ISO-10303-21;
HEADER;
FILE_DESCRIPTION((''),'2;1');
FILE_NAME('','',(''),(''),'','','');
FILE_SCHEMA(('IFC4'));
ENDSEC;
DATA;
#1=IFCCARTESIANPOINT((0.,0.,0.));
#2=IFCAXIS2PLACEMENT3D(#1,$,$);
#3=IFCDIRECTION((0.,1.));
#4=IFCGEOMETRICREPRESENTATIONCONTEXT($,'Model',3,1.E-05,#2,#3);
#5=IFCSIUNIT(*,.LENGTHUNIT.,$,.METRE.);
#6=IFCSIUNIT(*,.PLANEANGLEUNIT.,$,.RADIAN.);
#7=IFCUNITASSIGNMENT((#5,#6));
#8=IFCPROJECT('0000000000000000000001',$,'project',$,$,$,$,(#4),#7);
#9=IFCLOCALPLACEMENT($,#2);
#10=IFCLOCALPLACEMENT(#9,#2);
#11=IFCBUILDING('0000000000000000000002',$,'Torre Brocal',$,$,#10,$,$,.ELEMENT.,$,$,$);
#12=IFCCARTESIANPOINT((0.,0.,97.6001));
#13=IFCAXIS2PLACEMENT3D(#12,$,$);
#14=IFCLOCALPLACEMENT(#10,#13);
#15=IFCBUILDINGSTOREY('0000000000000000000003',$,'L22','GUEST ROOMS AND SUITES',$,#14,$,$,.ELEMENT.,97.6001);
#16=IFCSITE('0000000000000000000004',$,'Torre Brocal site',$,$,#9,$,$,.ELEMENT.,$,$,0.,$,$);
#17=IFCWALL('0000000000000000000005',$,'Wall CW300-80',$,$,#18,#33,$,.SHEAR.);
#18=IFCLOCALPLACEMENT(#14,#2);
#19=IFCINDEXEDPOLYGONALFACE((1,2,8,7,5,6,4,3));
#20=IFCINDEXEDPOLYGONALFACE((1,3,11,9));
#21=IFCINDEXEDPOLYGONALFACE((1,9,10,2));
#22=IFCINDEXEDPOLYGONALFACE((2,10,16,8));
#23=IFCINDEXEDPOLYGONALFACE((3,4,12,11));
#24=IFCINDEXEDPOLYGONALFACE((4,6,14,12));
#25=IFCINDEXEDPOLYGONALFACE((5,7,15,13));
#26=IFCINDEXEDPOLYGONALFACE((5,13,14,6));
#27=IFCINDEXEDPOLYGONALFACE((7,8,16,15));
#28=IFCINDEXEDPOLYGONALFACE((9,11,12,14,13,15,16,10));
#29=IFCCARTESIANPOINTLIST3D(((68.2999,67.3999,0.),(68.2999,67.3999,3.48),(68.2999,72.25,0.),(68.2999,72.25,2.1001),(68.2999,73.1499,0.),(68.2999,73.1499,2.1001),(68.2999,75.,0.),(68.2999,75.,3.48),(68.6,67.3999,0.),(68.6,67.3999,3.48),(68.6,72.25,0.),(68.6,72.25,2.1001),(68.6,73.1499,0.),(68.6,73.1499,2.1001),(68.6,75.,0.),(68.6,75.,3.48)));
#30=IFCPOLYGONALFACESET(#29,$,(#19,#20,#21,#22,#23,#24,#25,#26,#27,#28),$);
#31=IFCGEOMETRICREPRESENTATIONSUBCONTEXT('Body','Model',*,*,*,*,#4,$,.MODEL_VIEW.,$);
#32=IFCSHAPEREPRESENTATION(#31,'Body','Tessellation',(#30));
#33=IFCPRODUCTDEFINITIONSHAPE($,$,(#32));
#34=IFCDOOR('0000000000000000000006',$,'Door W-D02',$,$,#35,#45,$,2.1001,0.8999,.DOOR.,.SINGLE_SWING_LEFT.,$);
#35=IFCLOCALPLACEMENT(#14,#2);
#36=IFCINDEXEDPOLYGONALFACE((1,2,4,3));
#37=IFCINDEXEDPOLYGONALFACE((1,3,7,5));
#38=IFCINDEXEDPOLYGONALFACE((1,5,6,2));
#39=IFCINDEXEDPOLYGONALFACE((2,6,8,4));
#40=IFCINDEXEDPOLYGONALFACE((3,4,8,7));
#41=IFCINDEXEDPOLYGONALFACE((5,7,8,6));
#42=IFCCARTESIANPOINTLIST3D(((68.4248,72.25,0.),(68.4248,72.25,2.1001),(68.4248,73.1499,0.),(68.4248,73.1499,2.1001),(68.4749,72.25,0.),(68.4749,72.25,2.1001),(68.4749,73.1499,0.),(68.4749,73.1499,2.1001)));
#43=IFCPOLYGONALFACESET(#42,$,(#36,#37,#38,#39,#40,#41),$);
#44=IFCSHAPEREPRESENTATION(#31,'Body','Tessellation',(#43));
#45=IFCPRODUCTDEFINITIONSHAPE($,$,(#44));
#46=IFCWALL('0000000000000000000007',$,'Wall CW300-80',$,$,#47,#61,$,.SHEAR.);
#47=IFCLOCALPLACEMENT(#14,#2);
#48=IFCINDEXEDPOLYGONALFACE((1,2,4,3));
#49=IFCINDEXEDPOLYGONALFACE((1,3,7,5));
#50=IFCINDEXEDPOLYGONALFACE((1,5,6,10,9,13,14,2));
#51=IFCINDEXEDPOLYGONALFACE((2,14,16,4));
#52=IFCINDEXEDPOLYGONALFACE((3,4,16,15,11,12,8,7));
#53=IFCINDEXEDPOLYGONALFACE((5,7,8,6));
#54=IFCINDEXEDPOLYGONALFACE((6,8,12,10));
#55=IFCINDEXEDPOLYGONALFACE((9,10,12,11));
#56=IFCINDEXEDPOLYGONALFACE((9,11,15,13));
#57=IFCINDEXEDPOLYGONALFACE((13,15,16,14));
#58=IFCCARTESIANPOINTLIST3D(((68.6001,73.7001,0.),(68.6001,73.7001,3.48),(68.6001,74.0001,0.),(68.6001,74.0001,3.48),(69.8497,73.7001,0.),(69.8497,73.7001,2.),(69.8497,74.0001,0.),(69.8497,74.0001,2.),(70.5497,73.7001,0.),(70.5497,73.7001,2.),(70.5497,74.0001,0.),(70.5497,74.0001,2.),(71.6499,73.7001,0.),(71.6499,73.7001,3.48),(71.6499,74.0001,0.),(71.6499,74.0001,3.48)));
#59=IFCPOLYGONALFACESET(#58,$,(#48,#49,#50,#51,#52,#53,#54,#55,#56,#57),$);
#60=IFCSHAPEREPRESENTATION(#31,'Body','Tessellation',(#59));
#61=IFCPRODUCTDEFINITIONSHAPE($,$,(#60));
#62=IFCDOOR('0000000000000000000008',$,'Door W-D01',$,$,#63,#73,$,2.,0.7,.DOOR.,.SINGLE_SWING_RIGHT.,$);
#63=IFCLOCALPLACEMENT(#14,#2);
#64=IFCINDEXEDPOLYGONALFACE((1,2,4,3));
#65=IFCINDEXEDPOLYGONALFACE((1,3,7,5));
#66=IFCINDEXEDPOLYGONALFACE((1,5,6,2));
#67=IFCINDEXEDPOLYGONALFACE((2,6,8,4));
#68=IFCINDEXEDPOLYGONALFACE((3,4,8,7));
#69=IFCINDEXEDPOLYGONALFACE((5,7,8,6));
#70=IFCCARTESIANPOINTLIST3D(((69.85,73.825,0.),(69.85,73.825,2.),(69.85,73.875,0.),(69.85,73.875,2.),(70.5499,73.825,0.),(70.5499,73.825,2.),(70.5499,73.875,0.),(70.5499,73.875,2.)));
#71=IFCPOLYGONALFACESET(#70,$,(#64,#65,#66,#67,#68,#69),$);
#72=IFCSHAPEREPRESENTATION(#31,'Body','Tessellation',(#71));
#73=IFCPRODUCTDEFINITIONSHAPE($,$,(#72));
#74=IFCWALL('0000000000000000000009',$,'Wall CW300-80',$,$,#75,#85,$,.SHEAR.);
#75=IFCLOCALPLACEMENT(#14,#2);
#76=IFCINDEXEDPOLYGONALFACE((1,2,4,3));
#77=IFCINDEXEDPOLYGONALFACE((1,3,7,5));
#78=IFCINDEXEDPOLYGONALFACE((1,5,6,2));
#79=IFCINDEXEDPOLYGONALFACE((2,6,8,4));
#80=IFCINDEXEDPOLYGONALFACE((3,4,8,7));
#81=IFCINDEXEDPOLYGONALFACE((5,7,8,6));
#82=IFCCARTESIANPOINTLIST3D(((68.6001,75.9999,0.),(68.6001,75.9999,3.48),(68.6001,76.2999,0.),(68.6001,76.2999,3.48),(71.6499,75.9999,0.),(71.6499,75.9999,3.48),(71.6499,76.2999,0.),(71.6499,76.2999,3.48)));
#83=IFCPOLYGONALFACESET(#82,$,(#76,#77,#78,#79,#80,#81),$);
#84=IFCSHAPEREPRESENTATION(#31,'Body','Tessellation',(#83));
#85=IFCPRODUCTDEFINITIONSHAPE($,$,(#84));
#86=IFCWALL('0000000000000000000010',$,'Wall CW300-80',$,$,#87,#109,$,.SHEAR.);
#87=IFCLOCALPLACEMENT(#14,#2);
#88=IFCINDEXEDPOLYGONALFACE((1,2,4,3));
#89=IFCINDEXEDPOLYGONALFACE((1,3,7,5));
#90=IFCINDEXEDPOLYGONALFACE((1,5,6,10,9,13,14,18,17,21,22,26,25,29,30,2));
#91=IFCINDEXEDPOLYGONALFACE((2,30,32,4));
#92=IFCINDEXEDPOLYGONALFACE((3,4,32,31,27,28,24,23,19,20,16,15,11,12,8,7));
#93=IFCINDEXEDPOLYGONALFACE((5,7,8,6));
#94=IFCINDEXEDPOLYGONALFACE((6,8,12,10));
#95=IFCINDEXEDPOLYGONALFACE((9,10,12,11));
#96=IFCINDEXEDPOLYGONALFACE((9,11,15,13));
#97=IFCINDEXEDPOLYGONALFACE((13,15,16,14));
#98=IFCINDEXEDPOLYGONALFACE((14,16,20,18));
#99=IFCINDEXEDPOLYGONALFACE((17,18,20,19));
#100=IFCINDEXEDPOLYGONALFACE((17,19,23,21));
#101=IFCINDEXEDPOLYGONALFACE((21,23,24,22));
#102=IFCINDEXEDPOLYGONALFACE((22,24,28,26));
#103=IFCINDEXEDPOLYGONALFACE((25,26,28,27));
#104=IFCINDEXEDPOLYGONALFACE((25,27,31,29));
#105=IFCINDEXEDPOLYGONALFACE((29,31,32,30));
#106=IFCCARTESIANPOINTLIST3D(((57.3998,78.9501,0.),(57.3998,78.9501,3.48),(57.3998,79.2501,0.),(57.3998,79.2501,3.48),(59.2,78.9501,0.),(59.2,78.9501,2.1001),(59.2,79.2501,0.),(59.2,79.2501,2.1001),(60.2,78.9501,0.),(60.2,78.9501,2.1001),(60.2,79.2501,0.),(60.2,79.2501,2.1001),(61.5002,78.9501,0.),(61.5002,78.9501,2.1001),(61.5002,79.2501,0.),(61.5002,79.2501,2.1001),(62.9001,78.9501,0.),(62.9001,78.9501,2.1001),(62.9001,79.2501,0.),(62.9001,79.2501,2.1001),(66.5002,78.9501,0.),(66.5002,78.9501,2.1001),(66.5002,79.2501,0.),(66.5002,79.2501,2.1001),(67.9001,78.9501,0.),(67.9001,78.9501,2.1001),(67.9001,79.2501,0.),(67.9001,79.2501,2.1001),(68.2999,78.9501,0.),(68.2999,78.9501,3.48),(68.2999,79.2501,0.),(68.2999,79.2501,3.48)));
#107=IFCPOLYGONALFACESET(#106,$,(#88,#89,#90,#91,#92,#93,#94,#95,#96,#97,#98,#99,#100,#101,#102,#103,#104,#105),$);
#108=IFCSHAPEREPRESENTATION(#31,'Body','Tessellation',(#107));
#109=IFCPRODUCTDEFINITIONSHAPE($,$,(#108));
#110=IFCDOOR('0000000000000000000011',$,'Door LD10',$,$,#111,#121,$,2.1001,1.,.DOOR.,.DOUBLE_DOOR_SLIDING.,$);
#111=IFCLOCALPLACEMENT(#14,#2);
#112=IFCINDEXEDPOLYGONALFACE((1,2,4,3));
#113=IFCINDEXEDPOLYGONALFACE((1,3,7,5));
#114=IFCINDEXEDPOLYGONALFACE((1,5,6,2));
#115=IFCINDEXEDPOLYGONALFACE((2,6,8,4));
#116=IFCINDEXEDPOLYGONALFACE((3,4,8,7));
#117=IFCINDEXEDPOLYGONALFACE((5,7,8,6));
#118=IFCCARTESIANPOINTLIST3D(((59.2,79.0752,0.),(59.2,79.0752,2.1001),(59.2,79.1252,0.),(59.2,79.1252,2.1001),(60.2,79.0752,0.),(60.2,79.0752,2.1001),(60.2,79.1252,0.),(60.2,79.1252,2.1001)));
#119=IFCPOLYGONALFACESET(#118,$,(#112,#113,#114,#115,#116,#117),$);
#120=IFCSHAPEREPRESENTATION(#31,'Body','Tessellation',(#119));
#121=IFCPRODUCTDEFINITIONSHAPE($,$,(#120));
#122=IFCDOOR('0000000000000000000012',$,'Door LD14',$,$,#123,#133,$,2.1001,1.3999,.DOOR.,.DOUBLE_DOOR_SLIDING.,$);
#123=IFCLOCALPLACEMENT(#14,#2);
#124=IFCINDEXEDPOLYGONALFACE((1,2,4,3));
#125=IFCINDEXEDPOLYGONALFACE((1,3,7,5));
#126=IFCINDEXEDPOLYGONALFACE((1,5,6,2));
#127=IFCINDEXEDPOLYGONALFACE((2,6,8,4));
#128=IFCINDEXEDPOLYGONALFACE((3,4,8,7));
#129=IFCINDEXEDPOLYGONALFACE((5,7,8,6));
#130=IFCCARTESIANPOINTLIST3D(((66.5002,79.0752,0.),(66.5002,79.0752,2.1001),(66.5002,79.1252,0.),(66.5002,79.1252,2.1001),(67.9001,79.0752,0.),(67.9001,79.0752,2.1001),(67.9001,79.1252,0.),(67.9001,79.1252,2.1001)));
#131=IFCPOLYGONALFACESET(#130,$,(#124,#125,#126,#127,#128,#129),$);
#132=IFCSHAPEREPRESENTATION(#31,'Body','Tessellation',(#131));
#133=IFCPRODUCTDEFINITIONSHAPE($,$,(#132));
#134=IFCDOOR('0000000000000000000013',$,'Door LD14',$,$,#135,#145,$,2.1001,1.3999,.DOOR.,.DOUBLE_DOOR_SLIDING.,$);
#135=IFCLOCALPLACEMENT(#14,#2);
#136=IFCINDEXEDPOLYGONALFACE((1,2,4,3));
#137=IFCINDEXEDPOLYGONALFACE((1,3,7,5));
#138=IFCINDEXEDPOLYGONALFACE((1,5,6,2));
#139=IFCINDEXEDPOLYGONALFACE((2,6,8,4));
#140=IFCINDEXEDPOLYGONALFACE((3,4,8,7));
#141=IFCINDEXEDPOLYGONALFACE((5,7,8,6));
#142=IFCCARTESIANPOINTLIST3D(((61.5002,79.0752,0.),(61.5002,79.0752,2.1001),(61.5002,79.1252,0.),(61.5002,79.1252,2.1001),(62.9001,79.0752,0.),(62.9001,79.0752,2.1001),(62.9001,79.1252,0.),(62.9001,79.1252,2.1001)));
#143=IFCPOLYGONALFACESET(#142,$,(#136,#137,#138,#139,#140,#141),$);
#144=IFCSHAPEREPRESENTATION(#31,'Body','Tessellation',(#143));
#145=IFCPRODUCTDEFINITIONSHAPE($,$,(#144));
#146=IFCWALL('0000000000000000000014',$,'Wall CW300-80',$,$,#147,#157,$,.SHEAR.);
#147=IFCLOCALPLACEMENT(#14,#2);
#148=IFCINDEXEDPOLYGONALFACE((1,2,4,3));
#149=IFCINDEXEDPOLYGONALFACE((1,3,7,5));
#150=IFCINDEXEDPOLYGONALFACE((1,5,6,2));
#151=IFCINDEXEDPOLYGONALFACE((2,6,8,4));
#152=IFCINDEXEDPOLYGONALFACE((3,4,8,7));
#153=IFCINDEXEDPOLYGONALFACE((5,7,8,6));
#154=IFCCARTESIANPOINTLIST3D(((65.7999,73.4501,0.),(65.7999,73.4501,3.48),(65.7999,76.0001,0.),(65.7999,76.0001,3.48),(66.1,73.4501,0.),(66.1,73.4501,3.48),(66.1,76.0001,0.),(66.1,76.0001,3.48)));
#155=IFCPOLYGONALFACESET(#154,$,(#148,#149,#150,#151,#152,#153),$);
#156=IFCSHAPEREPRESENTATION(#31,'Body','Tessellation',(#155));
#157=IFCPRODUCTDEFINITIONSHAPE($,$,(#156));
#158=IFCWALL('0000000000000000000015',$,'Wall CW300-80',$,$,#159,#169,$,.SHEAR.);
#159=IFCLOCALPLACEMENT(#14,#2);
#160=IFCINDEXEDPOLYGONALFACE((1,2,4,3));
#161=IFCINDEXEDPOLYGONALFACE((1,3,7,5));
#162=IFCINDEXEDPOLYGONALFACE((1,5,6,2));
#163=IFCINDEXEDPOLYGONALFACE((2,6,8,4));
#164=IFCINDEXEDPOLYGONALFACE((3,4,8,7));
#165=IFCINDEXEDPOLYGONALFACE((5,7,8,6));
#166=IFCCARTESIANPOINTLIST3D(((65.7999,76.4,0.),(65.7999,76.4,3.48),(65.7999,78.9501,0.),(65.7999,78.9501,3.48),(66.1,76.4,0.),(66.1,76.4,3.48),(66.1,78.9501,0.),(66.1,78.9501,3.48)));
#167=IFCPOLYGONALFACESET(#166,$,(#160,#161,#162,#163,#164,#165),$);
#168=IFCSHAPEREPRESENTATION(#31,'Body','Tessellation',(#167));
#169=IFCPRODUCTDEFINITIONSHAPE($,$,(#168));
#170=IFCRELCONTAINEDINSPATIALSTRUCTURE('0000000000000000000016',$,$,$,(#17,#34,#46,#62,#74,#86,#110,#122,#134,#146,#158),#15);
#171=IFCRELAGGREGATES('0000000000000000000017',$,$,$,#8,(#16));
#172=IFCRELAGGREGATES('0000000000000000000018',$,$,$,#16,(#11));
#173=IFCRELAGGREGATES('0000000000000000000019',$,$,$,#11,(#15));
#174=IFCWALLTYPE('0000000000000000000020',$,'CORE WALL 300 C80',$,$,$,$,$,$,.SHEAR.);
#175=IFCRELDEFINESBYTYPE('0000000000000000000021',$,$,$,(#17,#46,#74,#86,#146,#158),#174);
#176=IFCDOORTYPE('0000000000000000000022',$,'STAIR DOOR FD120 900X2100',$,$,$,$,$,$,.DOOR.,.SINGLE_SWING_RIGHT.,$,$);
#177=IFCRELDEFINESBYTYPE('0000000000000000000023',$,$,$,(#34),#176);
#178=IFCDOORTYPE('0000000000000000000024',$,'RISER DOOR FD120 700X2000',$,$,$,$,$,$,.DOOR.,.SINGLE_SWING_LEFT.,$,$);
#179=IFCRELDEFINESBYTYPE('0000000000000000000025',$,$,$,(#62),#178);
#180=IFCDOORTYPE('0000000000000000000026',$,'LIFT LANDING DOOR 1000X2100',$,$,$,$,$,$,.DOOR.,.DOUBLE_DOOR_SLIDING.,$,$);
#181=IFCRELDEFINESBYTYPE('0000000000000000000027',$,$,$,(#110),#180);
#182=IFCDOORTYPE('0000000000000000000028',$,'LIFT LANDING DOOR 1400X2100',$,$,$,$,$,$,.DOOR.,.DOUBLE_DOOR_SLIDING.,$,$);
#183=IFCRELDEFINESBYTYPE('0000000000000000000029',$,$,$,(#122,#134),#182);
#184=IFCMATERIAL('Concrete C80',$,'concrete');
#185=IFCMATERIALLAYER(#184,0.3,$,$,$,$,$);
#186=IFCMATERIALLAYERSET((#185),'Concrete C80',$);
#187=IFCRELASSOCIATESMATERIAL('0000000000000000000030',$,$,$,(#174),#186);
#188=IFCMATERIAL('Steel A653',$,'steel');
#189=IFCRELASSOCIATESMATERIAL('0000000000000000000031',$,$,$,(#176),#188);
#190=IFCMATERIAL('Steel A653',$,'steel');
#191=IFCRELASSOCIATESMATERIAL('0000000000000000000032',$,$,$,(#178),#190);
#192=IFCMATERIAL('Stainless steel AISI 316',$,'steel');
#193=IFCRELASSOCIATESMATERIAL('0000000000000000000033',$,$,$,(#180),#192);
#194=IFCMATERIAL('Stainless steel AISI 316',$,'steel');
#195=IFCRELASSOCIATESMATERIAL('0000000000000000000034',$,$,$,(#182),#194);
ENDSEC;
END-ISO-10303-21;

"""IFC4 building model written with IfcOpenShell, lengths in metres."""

from ifc_helpers import new_model, si_unit, direction, frame, frame_2d, origin, place, context, subcontext, project, spatial, rectangle, extrude, material, layer, layer_set, type_object, element, fill, save


model = new_model("IFC4")

# Units and contexts
model_context = context("Model", 3, precision=1e-05, world=origin(), true_north=direction((0.0, 1.0)))
body_context = subcontext(model_context, "Body", "Model", "MODEL_VIEW")
ifc_project = project(units=[si_unit("LENGTHUNIT", "METRE"), si_unit("PLANEANGLEUNIT", "RADIAN")], contexts=[model_context])

# Site, building, storey
site_placement = place(None, origin())
site = spatial("IfcSite", under=ifc_project, at=site_placement, Name="Torre Brocal site", CompositionType="ELEMENT", RefElevation=0.0)
building_placement = place(site_placement, origin())
building = spatial("IfcBuilding", under=site, at=building_placement, Name="Torre Brocal", CompositionType="ELEMENT")
storey_placement = place(building_placement, frame((0.0, 0.0, 97.6001)))
storey = spatial("IfcBuildingStorey", under=building, at=storey_placement, Name="L22", Description="GUEST ROOMS AND SUITES", CompositionType="ELEMENT", Elevation=97.6001)

# Walls, openings, doors
ifc_material_1 = material(Name="Concrete C80", Category="concrete")
ifc_layer_1 = layer(ifc_material_1, 0.3)
ifc_layer_set_1 = layer_set([ifc_layer_1], Name="Concrete C80")
wall_type_1 = type_object("IfcWallType", Name="CORE WALL 300 C80", PredefinedType="SHEAR", material=ifc_layer_set_1)
wall_1_placement = place(storey_placement, frame((68.45, 75.0, 0.0), z_axis=(0.0, 0.0, 1.0), x_axis=(0.0, -1.0, 0.0)))
wall_1 = element("IfcWall", 1, at=wall_1_placement, inside=storey, type_object=wall_type_1, Name="Wall CW300-80", PredefinedType="SHEAR", context=body_context, shape_type="SweptSolid", body=[
    extrude(rectangle(XDim=7.6001, YDim=0.3, at=frame_2d((3.8, 0.0))), origin(), (0.0, 0.0, 1.0), 3.48),
])
opening_1_placement = place(wall_1_placement, frame((1.8501, 0.0, 0.0)))
opening_1 = element("IfcOpeningElement", 2, at=opening_1_placement, cuts=wall_1, PredefinedType="OPENING", context=body_context, shape_type="SweptSolid", body=[
    extrude(rectangle(XDim=0.8999, YDim=2.1001, at=frame_2d((0.45, 1.05))), frame((0.0, 0.1599, 0.0), z_axis=(0.0, -1.0, 0.0), x_axis=(1.0, 0.0, 0.0)), (0.0, 0.0, 1.0), 0.3201),
])
ifc_material_2 = material(Name="Steel A653", Category="steel")
door_type_1 = type_object("IfcDoorType", Name="STAIR DOOR FD120 900X2100", OperationType="SINGLE_SWING_RIGHT", PredefinedType="DOOR", material=ifc_material_2)
door_1_placement = place(opening_1_placement, origin())
door_1 = element("IfcDoor", 3, at=door_1_placement, inside=storey, type_object=door_type_1, Name="Door W-D02", OperationType="SINGLE_SWING_LEFT", OverallHeight=2.1001, OverallWidth=0.8999, PredefinedType="DOOR", context=body_context, shape_type="SweptSolid", body=[
    extrude(rectangle(XDim=0.8999, YDim=2.1001, at=frame_2d((0.45, 1.05))), frame((0.0, 0.0249, 0.0), z_axis=(0.0, -1.0, 0.0), x_axis=(1.0, 0.0, 0.0)), (0.0, 0.0, 1.0), 0.05),
])
fill(opening_1, door_1)
wall_2_placement = place(storey_placement, frame((71.6499, 73.8501, 0.0), z_axis=(0.0, 0.0, 1.0), x_axis=(-1.0, 0.0, 0.0)))
wall_2 = element("IfcWall", 4, at=wall_2_placement, inside=storey, type_object=wall_type_1, Name="Wall CW300-80", PredefinedType="SHEAR", context=body_context, shape_type="SweptSolid", body=[
    extrude(rectangle(XDim=3.0498, YDim=0.3, at=frame_2d((1.5249, 0.0))), origin(), (0.0, 0.0, 1.0), 3.48),
])
opening_2_placement = place(wall_2_placement, frame((1.1001, 0.0, 0.0)))
opening_2 = element("IfcOpeningElement", 5, at=opening_2_placement, cuts=wall_2, PredefinedType="OPENING", context=body_context, shape_type="SweptSolid", body=[
    extrude(rectangle(XDim=0.7, YDim=2.0, at=frame_2d((0.3501, 1.0))), frame((0.0, 0.1599, 0.0), z_axis=(0.0, -1.0, 0.0), x_axis=(1.0, 0.0, 0.0)), (0.0, 0.0, 1.0), 0.3201),
])
ifc_material_3 = material(Name="Steel A653", Category="steel")
door_type_2 = type_object("IfcDoorType", Name="RISER DOOR FD120 700X2000", OperationType="SINGLE_SWING_LEFT", PredefinedType="DOOR", material=ifc_material_3)
door_2_placement = place(opening_2_placement, frame((0.7, 0.0, 0.0), z_axis=(0.0, 0.0, 1.0), x_axis=(-1.0, 0.0, 0.0)))
door_2 = element("IfcDoor", 6, at=door_2_placement, inside=storey, type_object=door_type_2, Name="Door W-D01", OperationType="SINGLE_SWING_RIGHT", OverallHeight=2.0, OverallWidth=0.7, PredefinedType="DOOR", context=body_context, shape_type="SweptSolid", body=[
    extrude(rectangle(XDim=0.7, YDim=2.0, at=frame_2d((0.3501, 1.0))), frame((0.0, 0.0249, 0.0), z_axis=(0.0, -1.0, 0.0), x_axis=(1.0, 0.0, 0.0)), (0.0, 0.0, 1.0), 0.05),
])
fill(opening_2, door_2)

# Wall
wall_3_placement = place(storey_placement, frame((71.6499, 76.1499, 0.0), z_axis=(0.0, 0.0, 1.0), x_axis=(-1.0, 0.0, 0.0)))
element("IfcWall", 7, at=wall_3_placement, inside=storey, type_object=wall_type_1, Name="Wall CW300-80", PredefinedType="SHEAR", context=body_context, shape_type="SweptSolid", body=[
    extrude(rectangle(XDim=3.0498, YDim=0.3, at=frame_2d((1.5249, 0.0))), origin(), (0.0, 0.0, 1.0), 3.48),
])

# Wall, openings, doors
wall_4_placement = place(storey_placement, frame((68.3, 79.1001, 0.0), z_axis=(0.0, 0.0, 1.0), x_axis=(-1.0, 0.0, 0.0)))
wall_4 = element("IfcWall", 8, at=wall_4_placement, inside=storey, type_object=wall_type_1, Name="Wall CW300-80", PredefinedType="SHEAR", context=body_context, shape_type="SweptSolid", body=[
    extrude(rectangle(XDim=10.9001, YDim=0.3, at=frame_2d((5.4502, 0.0))), origin(), (0.0, 0.0, 1.0), 3.48),
])
opening_3_placement = place(wall_4_placement, frame((0.3999, 0.0, 0.0)))
opening_3 = element("IfcOpeningElement", 9, at=opening_3_placement, cuts=wall_4, PredefinedType="OPENING", context=body_context, shape_type="SweptSolid", body=[
    extrude(rectangle(XDim=1.3999, YDim=2.1001, at=frame_2d((0.7, 1.05))), frame((0.0, 0.1599, 0.0), z_axis=(0.0, -1.0, 0.0), x_axis=(1.0, 0.0, 0.0)), (0.0, 0.0, 1.0), 0.3201),
])
opening_4_placement = place(wall_4_placement, frame((5.3999, 0.0, 0.0)))
opening_4 = element("IfcOpeningElement", 10, at=opening_4_placement, cuts=wall_4, PredefinedType="OPENING", context=body_context, shape_type="SweptSolid", body=[
    extrude(rectangle(XDim=1.3999, YDim=2.1001, at=frame_2d((0.7, 1.05))), frame((0.0, 0.1599, 0.0), z_axis=(0.0, -1.0, 0.0), x_axis=(1.0, 0.0, 0.0)), (0.0, 0.0, 1.0), 0.3201),
])
opening_5_placement = place(wall_4_placement, frame((8.1001, 0.0, 0.0)))
opening_5 = element("IfcOpeningElement", 11, at=opening_5_placement, cuts=wall_4, PredefinedType="OPENING", context=body_context, shape_type="SweptSolid", body=[
    extrude(rectangle(XDim=1.0, YDim=2.1001, at=frame_2d((0.5, 1.05))), frame((0.0, 0.1599, 0.0), z_axis=(0.0, -1.0, 0.0), x_axis=(1.0, 0.0, 0.0)), (0.0, 0.0, 1.0), 0.3201),
])
ifc_material_4 = material(Name="Stainless steel AISI 316", Category="steel")
door_type_3 = type_object("IfcDoorType", Name="LIFT LANDING DOOR 1000X2100", OperationType="DOUBLE_DOOR_SLIDING", PredefinedType="DOOR", material=ifc_material_4)
door_3_placement = place(opening_5_placement, origin())
door_3 = element("IfcDoor", 12, at=door_3_placement, inside=storey, type_object=door_type_3, Name="Door LD10", OperationType="DOUBLE_DOOR_SLIDING", OverallHeight=2.1001, OverallWidth=1.0, PredefinedType="DOOR", context=body_context, shape_type="SweptSolid", body=[
    extrude(rectangle(XDim=1.0, YDim=2.1001, at=frame_2d((0.5, 1.05))), frame((0.0, 0.0249, 0.0), z_axis=(0.0, -1.0, 0.0), x_axis=(1.0, 0.0, 0.0)), (0.0, 0.0, 1.0), 0.05),
])
fill(opening_5, door_3)
ifc_material_5 = material(Name="Stainless steel AISI 316", Category="steel")
door_type_4 = type_object("IfcDoorType", Name="LIFT LANDING DOOR 1400X2100", OperationType="DOUBLE_DOOR_SLIDING", PredefinedType="DOOR", material=ifc_material_5)
door_4_placement = place(opening_3_placement, origin())
door_4 = element("IfcDoor", 13, at=door_4_placement, inside=storey, type_object=door_type_4, Name="Door LD14", OperationType="DOUBLE_DOOR_SLIDING", OverallHeight=2.1001, OverallWidth=1.3999, PredefinedType="DOOR", context=body_context, shape_type="SweptSolid", body=[
    extrude(rectangle(XDim=1.3999, YDim=2.1001, at=frame_2d((0.7, 1.05))), frame((0.0, 0.0249, 0.0), z_axis=(0.0, -1.0, 0.0), x_axis=(1.0, 0.0, 0.0)), (0.0, 0.0, 1.0), 0.05),
])
fill(opening_3, door_4)
door_5_placement = place(opening_4_placement, origin())
door_5 = element("IfcDoor", 14, at=door_5_placement, inside=storey, type_object=door_type_4, Name="Door LD14", OperationType="DOUBLE_DOOR_SLIDING", OverallHeight=2.1001, OverallWidth=1.3999, PredefinedType="DOOR", context=body_context, shape_type="SweptSolid", body=[
    extrude(rectangle(XDim=1.3999, YDim=2.1001, at=frame_2d((0.7, 1.05))), frame((0.0, 0.0249, 0.0), z_axis=(0.0, -1.0, 0.0), x_axis=(1.0, 0.0, 0.0)), (0.0, 0.0, 1.0), 0.05),
])
fill(opening_4, door_5)

# Walls
for number, where, z_axis, x_axis, name in (
    (15, (65.95, 76.0, 0.0), (0.0, 0.0, 1.0), (0.0, -1.0, 0.0), "Wall CW300-80"),
    (16, (65.95, 78.95, 0.0), (0.0, 0.0, 1.0), (0.0, -1.0, 0.0), "Wall CW300-80"),
):
    element("IfcWall", number, at=place(storey_placement, frame(where, z_axis=z_axis, x_axis=x_axis)), inside=storey, type_object=wall_type_1, Name=name, PredefinedType="SHEAR", context=body_context, shape_type="SweptSolid", body=[
        extrude(rectangle(XDim=2.55, YDim=0.3, at=frame_2d((1.2749, 0.0))), origin(), (0.0, 0.0, 1.0), 3.48),
    ])

save(model, "model.ifc")
